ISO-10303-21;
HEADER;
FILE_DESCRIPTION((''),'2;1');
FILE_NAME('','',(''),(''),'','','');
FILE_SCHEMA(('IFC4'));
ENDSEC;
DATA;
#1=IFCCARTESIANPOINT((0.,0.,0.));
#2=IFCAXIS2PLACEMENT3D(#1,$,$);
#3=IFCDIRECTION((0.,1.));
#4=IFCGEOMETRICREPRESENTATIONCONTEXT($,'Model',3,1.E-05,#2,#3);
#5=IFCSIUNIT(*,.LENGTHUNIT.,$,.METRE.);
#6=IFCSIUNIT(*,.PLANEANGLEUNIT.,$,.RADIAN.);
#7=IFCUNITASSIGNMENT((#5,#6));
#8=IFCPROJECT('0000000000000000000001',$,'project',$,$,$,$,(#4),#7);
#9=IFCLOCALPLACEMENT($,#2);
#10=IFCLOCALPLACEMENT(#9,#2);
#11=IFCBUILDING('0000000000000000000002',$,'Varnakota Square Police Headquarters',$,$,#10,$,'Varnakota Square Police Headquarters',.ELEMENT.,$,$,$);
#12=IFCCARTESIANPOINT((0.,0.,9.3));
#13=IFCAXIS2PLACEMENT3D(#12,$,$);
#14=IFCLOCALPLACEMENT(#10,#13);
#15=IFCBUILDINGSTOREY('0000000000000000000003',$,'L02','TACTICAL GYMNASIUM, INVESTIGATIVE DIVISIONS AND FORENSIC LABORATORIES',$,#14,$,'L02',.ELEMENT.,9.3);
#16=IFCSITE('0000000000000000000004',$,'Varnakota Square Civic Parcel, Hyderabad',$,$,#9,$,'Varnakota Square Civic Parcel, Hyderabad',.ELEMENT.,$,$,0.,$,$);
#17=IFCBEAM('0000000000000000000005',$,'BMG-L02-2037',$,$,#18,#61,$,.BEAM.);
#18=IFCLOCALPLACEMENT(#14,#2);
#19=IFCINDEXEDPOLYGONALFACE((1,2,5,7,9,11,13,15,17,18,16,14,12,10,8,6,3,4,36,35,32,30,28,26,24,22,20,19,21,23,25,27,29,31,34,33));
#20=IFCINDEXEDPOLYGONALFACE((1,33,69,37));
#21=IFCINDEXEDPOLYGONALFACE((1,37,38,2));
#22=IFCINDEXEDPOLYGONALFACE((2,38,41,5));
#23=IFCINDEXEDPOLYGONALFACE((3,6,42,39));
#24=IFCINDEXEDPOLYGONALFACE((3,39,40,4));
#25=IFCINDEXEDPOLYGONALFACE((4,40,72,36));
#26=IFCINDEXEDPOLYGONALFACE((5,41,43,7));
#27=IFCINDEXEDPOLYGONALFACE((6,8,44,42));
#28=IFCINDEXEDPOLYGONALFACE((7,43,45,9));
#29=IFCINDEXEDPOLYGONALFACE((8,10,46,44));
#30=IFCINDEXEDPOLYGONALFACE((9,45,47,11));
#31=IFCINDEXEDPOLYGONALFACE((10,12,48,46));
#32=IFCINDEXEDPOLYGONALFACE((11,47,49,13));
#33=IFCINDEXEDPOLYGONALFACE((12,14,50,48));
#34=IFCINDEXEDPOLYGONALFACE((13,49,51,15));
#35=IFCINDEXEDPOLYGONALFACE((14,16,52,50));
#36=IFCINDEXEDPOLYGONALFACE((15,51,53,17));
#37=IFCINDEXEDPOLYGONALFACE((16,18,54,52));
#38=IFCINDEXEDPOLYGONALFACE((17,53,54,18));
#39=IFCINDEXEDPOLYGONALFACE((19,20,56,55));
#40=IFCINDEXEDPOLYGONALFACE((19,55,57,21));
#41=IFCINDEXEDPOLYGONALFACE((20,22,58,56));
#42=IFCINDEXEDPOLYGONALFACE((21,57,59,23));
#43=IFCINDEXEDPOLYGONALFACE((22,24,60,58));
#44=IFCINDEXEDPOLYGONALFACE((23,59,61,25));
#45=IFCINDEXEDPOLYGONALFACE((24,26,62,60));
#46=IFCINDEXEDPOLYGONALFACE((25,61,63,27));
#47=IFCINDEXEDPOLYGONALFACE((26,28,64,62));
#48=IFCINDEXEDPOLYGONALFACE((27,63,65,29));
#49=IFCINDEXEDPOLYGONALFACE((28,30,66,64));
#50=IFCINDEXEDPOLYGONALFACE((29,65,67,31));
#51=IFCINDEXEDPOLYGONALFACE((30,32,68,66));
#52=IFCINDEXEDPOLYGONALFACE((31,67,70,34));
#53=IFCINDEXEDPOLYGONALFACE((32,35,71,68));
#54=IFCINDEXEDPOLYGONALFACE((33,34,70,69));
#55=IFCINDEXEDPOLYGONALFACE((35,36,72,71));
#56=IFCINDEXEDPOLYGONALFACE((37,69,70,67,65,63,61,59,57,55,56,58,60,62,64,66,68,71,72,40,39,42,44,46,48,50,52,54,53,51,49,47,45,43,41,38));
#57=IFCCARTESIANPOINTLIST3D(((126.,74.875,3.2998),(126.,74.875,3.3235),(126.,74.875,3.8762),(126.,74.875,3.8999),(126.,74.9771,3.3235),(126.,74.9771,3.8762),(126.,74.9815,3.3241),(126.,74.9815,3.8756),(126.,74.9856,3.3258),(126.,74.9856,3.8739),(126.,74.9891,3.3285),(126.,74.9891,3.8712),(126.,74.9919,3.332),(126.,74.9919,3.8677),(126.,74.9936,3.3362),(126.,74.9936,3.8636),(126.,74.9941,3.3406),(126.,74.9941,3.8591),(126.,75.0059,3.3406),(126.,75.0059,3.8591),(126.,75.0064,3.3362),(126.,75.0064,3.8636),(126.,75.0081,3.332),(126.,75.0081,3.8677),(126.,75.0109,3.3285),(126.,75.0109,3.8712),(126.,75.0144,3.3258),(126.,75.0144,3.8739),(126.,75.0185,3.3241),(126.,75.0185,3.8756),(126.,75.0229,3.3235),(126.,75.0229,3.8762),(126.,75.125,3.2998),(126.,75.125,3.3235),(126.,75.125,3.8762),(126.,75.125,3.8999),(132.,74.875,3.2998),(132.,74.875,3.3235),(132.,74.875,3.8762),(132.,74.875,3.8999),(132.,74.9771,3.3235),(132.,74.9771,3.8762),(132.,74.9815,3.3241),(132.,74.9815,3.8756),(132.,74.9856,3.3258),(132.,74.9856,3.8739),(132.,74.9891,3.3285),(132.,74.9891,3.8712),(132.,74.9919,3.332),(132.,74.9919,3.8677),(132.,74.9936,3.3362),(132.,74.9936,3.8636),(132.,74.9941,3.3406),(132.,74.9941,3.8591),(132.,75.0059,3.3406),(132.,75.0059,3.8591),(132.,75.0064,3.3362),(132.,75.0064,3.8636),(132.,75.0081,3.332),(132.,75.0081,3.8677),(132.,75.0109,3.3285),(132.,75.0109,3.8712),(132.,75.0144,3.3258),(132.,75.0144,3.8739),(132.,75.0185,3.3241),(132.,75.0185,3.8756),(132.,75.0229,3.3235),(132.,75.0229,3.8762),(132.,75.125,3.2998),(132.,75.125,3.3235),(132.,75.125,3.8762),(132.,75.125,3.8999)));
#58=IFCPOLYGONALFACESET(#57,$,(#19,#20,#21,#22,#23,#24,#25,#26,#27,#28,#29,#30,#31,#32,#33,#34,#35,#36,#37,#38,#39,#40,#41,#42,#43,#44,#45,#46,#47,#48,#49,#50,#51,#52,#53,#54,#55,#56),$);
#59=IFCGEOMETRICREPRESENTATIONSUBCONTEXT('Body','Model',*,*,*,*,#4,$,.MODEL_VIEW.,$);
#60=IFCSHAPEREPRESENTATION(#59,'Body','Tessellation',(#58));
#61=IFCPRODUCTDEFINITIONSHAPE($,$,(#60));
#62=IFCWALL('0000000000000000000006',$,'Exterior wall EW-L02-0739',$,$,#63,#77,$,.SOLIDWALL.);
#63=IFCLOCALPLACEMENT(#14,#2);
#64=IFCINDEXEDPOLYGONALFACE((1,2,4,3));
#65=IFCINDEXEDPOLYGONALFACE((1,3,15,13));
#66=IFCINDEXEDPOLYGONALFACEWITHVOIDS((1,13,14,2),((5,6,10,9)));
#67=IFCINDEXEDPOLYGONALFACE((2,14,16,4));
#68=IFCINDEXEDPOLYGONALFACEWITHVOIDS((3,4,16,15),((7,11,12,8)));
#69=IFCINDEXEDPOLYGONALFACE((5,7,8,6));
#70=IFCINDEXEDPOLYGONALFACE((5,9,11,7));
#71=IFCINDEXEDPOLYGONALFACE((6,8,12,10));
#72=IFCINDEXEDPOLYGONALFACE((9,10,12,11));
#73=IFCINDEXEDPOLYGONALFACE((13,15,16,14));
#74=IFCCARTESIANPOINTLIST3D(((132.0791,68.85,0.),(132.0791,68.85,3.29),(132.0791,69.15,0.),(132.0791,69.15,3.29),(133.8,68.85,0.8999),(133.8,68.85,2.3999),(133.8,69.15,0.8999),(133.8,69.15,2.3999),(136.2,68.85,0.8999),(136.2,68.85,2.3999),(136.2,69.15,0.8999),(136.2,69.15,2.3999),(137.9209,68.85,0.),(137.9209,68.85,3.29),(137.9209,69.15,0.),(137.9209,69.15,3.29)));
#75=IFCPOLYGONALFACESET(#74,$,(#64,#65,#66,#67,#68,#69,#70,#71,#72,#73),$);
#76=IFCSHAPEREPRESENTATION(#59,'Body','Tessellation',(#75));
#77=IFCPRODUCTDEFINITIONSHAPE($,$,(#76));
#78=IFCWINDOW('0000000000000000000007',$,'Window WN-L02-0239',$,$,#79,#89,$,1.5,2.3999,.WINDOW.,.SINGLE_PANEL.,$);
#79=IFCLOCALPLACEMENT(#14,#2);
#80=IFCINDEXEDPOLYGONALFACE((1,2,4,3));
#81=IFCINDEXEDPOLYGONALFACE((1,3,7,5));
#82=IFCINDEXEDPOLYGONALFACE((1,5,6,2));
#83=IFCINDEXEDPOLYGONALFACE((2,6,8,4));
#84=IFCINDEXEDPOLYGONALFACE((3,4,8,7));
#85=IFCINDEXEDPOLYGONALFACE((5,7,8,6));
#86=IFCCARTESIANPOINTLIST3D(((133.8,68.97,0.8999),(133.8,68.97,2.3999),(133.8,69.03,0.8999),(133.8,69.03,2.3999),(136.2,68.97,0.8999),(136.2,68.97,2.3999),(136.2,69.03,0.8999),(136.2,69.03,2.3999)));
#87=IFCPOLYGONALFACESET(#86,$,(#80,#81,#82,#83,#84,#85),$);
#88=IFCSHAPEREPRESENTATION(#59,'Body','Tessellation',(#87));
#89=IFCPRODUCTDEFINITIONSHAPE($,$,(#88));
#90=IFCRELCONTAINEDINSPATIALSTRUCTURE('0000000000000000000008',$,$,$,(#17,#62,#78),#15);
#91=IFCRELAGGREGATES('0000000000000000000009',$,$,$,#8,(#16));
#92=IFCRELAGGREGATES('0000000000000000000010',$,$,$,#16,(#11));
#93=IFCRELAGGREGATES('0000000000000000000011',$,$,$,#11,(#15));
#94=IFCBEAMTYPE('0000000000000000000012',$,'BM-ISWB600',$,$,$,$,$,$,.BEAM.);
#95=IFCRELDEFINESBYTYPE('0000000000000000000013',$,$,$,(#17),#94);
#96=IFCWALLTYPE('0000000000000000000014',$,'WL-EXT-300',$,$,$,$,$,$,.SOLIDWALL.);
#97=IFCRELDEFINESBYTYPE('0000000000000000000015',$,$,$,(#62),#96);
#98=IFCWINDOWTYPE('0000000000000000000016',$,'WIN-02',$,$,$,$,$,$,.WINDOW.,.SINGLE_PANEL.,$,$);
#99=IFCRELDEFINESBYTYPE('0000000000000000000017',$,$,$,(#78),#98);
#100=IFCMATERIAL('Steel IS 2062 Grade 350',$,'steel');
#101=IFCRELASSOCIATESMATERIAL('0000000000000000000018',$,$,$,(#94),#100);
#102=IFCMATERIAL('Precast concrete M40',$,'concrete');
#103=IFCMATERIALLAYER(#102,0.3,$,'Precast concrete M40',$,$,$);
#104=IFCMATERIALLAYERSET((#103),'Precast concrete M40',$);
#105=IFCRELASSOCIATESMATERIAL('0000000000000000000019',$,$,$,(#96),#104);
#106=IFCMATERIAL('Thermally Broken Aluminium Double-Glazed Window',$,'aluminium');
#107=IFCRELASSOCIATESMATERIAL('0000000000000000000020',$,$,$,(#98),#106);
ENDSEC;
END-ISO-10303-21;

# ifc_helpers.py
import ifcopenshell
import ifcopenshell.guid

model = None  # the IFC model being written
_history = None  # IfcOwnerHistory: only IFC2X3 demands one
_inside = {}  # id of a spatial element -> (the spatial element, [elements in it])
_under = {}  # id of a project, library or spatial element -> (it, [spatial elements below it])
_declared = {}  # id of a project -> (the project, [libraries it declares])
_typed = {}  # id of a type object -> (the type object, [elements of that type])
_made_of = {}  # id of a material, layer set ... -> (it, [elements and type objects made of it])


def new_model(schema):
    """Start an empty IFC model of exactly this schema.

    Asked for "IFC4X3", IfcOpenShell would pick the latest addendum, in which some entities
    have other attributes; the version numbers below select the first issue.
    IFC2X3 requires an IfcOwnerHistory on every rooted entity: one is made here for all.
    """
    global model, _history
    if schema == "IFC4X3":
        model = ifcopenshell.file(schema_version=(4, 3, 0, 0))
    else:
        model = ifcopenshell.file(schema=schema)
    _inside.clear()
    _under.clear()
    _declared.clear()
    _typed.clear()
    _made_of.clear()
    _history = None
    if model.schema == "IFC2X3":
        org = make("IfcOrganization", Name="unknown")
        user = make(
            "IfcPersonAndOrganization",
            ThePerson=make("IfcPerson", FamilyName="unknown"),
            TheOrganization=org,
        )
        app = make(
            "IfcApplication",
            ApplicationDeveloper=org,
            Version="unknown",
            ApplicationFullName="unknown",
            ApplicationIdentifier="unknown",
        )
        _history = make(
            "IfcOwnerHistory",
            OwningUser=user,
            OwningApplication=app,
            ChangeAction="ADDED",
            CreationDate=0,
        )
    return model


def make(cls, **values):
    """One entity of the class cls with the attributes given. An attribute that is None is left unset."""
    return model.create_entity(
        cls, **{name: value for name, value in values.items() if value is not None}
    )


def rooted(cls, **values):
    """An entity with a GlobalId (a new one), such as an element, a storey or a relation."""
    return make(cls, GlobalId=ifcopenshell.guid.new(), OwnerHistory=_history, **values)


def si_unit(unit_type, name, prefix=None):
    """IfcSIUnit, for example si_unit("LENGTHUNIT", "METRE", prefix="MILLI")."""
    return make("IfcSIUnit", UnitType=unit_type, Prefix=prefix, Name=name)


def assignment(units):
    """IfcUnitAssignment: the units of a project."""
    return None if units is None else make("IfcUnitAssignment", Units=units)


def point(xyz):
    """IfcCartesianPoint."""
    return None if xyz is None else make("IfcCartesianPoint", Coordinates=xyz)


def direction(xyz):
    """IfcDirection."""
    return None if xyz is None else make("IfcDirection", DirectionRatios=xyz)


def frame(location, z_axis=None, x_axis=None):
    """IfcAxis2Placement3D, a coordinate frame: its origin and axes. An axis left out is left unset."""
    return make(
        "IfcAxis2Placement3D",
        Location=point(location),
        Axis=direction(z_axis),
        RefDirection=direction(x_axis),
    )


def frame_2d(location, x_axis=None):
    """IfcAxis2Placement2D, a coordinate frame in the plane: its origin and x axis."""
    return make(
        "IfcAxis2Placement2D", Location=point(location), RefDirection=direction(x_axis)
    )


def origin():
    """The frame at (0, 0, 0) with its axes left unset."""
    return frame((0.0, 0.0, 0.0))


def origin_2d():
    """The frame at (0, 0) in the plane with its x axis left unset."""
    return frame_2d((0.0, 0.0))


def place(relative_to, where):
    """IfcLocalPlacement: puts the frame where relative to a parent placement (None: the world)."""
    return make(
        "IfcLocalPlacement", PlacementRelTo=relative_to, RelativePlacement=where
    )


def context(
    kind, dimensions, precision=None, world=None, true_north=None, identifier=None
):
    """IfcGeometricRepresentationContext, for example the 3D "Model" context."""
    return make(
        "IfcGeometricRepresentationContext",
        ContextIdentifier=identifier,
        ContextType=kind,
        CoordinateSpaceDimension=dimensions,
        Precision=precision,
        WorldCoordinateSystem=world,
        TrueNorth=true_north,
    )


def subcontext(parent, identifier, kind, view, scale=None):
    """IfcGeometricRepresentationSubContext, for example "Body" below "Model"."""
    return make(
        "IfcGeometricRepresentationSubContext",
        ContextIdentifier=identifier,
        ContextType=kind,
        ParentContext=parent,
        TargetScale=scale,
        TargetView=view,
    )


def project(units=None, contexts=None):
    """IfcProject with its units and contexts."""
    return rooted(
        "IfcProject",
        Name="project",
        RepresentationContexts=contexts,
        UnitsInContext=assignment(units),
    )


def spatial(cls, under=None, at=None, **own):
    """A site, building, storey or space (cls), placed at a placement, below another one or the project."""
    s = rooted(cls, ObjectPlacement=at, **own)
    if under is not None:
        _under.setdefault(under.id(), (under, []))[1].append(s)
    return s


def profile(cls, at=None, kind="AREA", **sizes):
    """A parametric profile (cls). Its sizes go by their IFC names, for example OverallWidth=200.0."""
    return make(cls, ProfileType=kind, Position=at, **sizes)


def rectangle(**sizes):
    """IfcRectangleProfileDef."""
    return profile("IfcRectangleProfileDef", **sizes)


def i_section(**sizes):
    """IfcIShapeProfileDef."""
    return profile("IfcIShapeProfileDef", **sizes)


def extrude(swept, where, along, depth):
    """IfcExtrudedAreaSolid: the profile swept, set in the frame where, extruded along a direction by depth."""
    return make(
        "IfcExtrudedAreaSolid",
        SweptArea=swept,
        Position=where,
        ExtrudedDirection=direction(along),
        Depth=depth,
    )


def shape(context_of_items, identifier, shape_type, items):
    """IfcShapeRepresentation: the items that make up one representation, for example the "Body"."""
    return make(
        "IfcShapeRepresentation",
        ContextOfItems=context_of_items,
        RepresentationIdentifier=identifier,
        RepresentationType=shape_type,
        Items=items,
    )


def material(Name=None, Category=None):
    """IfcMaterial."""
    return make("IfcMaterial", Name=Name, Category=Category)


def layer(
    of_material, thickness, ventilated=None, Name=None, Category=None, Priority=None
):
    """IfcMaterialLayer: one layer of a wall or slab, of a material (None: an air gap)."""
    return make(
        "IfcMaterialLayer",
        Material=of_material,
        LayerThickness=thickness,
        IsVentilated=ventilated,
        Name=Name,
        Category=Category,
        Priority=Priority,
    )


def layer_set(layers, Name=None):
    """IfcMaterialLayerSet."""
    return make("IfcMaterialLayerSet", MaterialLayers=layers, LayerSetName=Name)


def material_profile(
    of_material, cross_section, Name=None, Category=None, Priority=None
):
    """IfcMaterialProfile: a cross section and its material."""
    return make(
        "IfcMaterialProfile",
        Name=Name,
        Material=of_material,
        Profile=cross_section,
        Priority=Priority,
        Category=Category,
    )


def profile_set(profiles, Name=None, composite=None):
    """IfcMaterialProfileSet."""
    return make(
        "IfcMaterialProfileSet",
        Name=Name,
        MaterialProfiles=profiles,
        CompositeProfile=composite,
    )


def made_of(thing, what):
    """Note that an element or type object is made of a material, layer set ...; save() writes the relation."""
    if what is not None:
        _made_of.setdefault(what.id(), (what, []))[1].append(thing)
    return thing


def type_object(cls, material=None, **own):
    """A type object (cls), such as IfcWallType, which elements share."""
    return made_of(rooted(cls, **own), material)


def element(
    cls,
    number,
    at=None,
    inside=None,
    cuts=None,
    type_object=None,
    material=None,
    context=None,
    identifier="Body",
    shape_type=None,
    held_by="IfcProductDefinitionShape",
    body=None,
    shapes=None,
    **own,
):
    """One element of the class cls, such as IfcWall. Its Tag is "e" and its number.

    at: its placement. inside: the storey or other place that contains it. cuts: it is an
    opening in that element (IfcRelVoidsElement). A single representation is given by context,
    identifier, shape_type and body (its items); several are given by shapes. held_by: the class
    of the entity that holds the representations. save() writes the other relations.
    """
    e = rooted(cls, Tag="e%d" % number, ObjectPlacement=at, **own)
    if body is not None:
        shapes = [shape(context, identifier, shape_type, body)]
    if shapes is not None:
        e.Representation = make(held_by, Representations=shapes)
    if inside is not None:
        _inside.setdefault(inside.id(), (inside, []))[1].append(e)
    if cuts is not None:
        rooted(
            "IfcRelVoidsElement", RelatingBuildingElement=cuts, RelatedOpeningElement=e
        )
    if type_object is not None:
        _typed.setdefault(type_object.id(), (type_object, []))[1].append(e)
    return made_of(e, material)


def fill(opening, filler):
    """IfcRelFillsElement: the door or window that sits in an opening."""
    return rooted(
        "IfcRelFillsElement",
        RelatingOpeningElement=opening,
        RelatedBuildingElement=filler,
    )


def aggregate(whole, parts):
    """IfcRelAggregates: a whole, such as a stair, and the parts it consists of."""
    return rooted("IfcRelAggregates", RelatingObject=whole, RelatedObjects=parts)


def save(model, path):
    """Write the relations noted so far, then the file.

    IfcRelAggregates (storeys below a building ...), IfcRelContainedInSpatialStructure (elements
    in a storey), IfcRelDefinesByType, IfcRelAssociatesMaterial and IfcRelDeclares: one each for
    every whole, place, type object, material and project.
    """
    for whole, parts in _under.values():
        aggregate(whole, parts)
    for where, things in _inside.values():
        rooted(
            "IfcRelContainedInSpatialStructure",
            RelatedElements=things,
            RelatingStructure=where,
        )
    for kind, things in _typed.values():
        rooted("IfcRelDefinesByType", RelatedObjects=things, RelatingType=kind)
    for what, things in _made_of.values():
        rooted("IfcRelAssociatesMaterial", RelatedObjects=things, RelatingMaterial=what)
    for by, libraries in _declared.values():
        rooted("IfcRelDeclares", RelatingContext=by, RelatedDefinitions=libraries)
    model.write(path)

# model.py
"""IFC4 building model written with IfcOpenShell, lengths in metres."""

from ifc_helpers import new_model, si_unit, direction, frame, frame_2d, origin, origin_2d, place, context, subcontext, project, spatial, rectangle, i_section, extrude, material, layer, layer_set, material_profile, profile_set, type_object, element, fill, save


model = new_model("IFC4")

# Units and contexts
model_context = context("Model", 3, precision=1e-05, world=origin(), true_north=direction((0.0, 1.0)))
body_context = subcontext(model_context, "Body", "Model", "MODEL_VIEW")
ifc_project = project(units=[si_unit("LENGTHUNIT", "METRE"), si_unit("PLANEANGLEUNIT", "RADIAN")], contexts=[model_context])

# Site, building, storey
site_placement = place(None, origin())
site = spatial("IfcSite", under=ifc_project, at=site_placement, Name="Varnakota Square Civic Parcel, Hyderabad", LongName="Varnakota Square Civic Parcel, Hyderabad", CompositionType="ELEMENT", RefElevation=0.0)
building_placement = place(site_placement, origin())
building = spatial("IfcBuilding", under=site, at=building_placement, Name="Varnakota Square Police Headquarters", LongName="Varnakota Square Police Headquarters", CompositionType="ELEMENT")
storey_placement = place(building_placement, frame((0.0, 0.0, 9.3)))
storey = spatial("IfcBuildingStorey", under=building, at=storey_placement, Name="L02", Description="TACTICAL GYMNASIUM, INVESTIGATIVE DIVISIONS AND FORENSIC LABORATORIES", LongName="L02", CompositionType="ELEMENT", Elevation=9.3)

# Shared definitions
ifc_material_1 = material(Name="Steel IS 2062 Grade 350", Category="steel")

# Beam
ifc_material_profile_1 = material_profile(ifc_material_1, i_section(OverallWidth=0.25, OverallDepth=0.6001, WebThickness=0.0117, FlangeThickness=0.0237, FilletRadius=0.0171, at=origin_2d()), Name="ISWB 600")
ifc_profile_set_1 = profile_set([ifc_material_profile_1], Name="Steel IS 2062 Grade 350")
beam_type_1 = type_object("IfcBeamType", Name="BM-ISWB600", PredefinedType="BEAM", material=ifc_profile_set_1)
beam_1_placement = place(storey_placement, frame((126.0, 75.0, 3.5999), z_axis=(1.0, 0.0, 0.0), x_axis=(0.0, 1.0, 0.0)))
element("IfcBeam", 1, at=beam_1_placement, inside=storey, type_object=beam_type_1, Name="BMG-L02-2037", PredefinedType="BEAM", context=body_context, shape_type="SweptSolid", body=[
    extrude(i_section(OverallWidth=0.25, OverallDepth=0.6001, WebThickness=0.0117, FlangeThickness=0.0237, FilletRadius=0.0171, at=origin_2d()), origin(), (0.0, 0.0, 1.0), 6.0),
])

# Wall, opening, window
ifc_material_2 = material(Name="Precast concrete M40", Category="concrete")
ifc_layer = layer(ifc_material_2, 0.3, Name="Precast concrete M40")
ifc_layer_set = layer_set([ifc_layer], Name="Precast concrete M40")
wall_type = type_object("IfcWallType", Name="WL-EXT-300", PredefinedType="SOLIDWALL", material=ifc_layer_set)
wall_placement = place(storey_placement, frame((132.0791, 69.0, 0.0), z_axis=(0.0, 0.0, 1.0), x_axis=(1.0, 0.0, 0.0)))
wall = element("IfcWall", 2, at=wall_placement, inside=storey, type_object=wall_type, Name="Exterior wall EW-L02-0739", PredefinedType="SOLIDWALL", context=body_context, shape_type="SweptSolid", body=[
    extrude(rectangle(XDim=5.8418, YDim=0.3, at=frame_2d((2.9209, 0.0))), origin(), (0.0, 0.0, 1.0), 3.29),
])
opening_placement = place(wall_placement, frame((1.7209, 0.0, 0.8999)))
opening = element("IfcOpeningElement", 3, at=opening_placement, cuts=wall, PredefinedType="OPENING", context=body_context, shape_type="SweptSolid", body=[
    extrude(rectangle(XDim=2.3999, YDim=1.5, at=frame_2d((1.2, 0.75))), frame((0.0, 0.1599, 0.0), z_axis=(0.0, -1.0, 0.0), x_axis=(1.0, 0.0, 0.0)), (0.0, 0.0, 1.0), 0.3201),
])
ifc_material_3 = material(Name="Thermally Broken Aluminium Double-Glazed Window", Category="aluminium")
window_type = type_object("IfcWindowType", Name="WIN-02", PartitioningType="SINGLE_PANEL", PredefinedType="WINDOW", material=ifc_material_3)
window_placement = place(opening_placement, origin())
window = element("IfcWindow", 4, at=window_placement, inside=storey, type_object=window_type, Name="Window WN-L02-0239", OverallHeight=1.5, OverallWidth=2.3999, PartitioningType="SINGLE_PANEL", PredefinedType="WINDOW", context=body_context, shape_type="SweptSolid", body=[
    extrude(rectangle(XDim=2.3999, YDim=1.5, at=frame_2d((1.2, 0.75))), frame((0.0, 0.03, 0.0), z_axis=(0.0, -1.0, 0.0), x_axis=(1.0, 0.0, 0.0)), (0.0, 0.0, 1.0), 0.0601),
])
fill(opening, window)

save(model, "model.ifc")
